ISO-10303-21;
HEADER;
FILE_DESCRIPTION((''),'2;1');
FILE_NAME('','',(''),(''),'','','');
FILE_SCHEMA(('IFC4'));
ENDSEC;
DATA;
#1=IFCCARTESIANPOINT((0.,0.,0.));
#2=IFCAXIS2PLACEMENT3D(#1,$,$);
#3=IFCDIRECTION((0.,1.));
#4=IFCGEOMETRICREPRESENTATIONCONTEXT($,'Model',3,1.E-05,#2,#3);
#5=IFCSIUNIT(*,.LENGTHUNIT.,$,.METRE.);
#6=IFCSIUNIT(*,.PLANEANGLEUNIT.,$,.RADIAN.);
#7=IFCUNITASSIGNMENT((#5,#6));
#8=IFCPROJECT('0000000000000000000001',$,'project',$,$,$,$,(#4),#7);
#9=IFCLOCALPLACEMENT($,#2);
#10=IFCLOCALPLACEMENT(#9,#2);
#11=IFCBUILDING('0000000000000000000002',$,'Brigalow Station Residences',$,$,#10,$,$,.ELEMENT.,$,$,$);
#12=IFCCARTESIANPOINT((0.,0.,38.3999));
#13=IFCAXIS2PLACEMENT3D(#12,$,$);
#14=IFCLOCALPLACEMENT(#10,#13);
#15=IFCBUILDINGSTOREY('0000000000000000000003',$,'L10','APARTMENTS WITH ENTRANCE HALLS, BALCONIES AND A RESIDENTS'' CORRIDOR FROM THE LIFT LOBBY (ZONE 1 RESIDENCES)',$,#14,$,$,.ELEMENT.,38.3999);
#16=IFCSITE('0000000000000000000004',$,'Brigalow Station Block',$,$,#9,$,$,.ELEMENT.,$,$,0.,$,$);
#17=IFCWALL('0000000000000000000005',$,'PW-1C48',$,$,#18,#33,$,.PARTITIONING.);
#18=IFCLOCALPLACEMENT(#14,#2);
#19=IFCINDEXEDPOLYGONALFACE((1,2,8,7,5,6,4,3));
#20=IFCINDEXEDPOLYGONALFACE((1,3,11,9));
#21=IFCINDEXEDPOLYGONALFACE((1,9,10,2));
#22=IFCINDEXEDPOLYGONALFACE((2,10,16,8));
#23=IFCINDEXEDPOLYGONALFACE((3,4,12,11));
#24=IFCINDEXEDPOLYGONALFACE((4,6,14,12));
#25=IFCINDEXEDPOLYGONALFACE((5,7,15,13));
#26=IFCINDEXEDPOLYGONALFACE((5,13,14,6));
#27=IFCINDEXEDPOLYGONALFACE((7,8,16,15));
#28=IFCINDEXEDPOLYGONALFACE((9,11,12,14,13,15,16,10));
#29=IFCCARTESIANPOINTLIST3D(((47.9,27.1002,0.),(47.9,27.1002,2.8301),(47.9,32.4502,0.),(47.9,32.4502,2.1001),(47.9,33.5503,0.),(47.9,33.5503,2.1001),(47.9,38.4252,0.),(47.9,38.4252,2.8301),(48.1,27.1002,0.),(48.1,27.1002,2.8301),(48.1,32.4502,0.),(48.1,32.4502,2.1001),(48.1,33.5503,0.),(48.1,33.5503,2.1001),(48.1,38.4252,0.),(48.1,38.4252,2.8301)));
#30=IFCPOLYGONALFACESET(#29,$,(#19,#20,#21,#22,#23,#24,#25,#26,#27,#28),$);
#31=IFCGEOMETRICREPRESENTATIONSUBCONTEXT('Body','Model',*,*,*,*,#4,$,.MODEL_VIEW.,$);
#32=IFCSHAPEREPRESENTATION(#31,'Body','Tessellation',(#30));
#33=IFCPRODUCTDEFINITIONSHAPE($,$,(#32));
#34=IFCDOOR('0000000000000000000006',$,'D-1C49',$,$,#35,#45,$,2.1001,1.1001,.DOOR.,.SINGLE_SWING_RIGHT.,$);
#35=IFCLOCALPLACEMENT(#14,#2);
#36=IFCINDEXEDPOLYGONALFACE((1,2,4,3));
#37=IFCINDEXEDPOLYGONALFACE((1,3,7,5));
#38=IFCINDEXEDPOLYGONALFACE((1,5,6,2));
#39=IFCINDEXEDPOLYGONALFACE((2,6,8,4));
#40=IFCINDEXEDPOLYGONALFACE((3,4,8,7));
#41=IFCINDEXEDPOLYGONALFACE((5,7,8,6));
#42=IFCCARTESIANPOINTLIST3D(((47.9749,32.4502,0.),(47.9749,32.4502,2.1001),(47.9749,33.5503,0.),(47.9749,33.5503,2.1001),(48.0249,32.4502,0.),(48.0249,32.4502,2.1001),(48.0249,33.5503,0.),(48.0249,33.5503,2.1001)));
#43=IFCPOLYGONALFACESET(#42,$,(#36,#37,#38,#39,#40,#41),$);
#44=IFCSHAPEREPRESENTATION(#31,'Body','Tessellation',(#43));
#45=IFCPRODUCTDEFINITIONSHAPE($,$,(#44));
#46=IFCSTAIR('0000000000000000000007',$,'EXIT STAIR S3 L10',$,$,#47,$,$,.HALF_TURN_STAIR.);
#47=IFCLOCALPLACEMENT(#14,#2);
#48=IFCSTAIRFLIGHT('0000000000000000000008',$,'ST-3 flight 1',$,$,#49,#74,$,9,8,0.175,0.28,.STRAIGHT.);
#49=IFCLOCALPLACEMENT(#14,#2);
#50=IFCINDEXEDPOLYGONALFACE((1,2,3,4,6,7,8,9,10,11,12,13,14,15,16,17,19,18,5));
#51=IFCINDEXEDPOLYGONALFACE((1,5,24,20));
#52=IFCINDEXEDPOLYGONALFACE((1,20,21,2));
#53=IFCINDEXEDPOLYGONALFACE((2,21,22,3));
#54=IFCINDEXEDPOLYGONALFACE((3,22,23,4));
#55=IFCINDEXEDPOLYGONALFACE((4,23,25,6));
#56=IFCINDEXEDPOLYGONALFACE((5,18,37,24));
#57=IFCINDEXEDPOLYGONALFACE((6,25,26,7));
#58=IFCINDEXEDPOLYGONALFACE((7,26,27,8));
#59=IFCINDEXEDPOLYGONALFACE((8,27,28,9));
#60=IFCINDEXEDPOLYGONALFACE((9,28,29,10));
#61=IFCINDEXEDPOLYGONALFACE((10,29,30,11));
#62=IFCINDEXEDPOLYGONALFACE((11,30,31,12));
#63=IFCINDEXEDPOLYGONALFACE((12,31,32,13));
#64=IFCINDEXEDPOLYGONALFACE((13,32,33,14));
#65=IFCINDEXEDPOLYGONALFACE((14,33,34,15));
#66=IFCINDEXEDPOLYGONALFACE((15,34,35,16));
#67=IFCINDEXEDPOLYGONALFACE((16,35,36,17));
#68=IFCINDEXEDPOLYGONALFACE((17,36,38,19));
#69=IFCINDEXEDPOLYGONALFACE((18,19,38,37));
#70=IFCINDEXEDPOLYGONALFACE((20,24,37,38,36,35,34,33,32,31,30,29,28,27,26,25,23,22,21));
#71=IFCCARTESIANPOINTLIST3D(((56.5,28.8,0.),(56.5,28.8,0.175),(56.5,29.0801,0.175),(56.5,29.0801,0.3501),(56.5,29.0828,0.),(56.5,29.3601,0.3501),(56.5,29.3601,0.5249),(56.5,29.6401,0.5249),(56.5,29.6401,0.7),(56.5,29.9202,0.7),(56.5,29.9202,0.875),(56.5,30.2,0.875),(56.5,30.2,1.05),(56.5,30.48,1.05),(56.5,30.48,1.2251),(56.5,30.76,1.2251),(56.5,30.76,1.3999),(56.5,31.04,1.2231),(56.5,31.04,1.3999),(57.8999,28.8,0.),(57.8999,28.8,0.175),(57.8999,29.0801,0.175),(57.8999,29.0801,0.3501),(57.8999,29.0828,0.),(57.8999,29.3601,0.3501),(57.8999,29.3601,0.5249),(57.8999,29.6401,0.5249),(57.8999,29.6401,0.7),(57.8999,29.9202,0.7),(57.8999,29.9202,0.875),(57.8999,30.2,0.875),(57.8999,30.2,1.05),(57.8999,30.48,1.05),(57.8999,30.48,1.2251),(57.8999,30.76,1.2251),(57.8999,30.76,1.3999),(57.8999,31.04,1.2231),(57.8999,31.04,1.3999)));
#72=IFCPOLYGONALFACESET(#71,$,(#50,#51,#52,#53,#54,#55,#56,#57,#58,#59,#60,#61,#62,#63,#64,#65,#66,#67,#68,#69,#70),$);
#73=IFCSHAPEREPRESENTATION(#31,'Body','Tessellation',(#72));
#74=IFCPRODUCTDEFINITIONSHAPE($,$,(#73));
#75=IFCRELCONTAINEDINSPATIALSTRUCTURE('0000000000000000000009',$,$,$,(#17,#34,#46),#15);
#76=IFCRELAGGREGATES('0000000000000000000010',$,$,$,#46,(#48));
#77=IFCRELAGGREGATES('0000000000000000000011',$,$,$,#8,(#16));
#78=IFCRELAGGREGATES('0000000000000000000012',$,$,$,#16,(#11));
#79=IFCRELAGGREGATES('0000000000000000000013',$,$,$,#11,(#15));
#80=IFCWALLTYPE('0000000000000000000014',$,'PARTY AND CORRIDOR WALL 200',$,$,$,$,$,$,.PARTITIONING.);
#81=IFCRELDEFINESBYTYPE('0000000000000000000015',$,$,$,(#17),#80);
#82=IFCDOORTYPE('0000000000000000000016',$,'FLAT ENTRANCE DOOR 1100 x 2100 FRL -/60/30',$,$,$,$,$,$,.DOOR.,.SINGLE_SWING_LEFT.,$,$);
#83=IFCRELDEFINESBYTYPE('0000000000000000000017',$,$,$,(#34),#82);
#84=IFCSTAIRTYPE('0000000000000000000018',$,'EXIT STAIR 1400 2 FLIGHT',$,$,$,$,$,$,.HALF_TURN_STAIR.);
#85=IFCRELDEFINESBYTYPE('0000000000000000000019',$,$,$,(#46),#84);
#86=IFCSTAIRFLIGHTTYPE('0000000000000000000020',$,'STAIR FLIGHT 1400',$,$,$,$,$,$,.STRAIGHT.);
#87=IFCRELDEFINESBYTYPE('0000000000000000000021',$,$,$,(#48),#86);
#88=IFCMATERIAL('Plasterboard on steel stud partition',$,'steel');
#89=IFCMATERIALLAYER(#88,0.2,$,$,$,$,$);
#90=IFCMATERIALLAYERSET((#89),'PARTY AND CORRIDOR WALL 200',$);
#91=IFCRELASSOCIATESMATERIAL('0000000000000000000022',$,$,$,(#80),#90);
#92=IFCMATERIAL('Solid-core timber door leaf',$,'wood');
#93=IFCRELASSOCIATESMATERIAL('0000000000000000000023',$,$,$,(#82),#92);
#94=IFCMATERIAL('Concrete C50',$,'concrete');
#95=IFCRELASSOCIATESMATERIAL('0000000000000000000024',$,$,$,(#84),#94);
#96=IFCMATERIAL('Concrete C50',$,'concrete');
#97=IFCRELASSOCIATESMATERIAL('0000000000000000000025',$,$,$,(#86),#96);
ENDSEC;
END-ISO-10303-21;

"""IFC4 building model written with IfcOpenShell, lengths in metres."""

from ifc_helpers import new_model, si_unit, direction, frame, frame_2d, origin, place, context, subcontext, project, spatial, polyline, rectangle, outline, extrude, material, layer, layer_set, type_object, element, fill, aggregate, save


model = new_model("IFC4")

# Units and contexts
model_context = context("Model", 3, precision=1e-05, world=origin(), true_north=direction((0.0, 1.0)))
body_context = subcontext(model_context, "Body", "Model", "MODEL_VIEW")
ifc_project = project(units=[si_unit("LENGTHUNIT", "METRE"), si_unit("PLANEANGLEUNIT", "RADIAN")], contexts=[model_context])

# Site, building, storey
site_placement = place(None, origin())
site = spatial("IfcSite", under=ifc_project, at=site_placement, Name="Brigalow Station Block", CompositionType="ELEMENT", RefElevation=0.0)
building_placement = place(site_placement, origin())
building = spatial("IfcBuilding", under=site, at=building_placement, Name="Brigalow Station Residences", CompositionType="ELEMENT")
storey_placement = place(building_placement, frame((0.0, 0.0, 38.3999)))
storey = spatial("IfcBuildingStorey", under=building, at=storey_placement, Name="L10", Description="APARTMENTS WITH ENTRANCE HALLS, BALCONIES AND A RESIDENTS' CORRIDOR FROM THE LIFT LOBBY (ZONE 1 RESIDENCES)", CompositionType="ELEMENT", Elevation=38.3999)

# Shared definitions
ifc_material_1 = material(Name="Plasterboard on steel stud partition", Category="steel")
ifc_layer_1 = layer(ifc_material_1, 0.2)
ifc_layer_set_1 = layer_set([ifc_layer_1], Name="PARTY AND CORRIDOR WALL 200")
wall_type_1 = type_object("IfcWallType", Name="PARTY AND CORRIDOR WALL 200", PredefinedType="PARTITIONING", material=ifc_layer_set_1)

# Wall, opening, door
wall_1_placement = place(storey_placement, frame((48.0, 27.1001, 0.0), z_axis=(0.0, 0.0, 1.0), x_axis=(0.0, 1.0, 0.0)))
wall_1 = element("IfcWall", 1, at=wall_1_placement, inside=storey, type_object=wall_type_1, Name="PW-1C48", PredefinedType="PARTITIONING", context=body_context, shape_type="SweptSolid", body=[
    extrude(rectangle(XDim=11.325, YDim=0.2, at=frame_2d((5.6626, 0.0))), origin(), (0.0, 0.0, 1.0), 2.8301),
])
opening_1_placement = place(wall_1_placement, frame((5.3501, 0.0, 0.0)))
opening_1 = element("IfcOpeningElement", 2, at=opening_1_placement, cuts=wall_1, PredefinedType="OPENING", context=body_context, shape_type="SweptSolid", body=[
    extrude(rectangle(XDim=1.1001, YDim=2.1001, at=frame_2d((0.55, 1.05))), frame((0.0, 0.1099, 0.0), z_axis=(0.0, -1.0, 0.0), x_axis=(1.0, 0.0, 0.0)), (0.0, 0.0, 1.0), 0.22),
])
ifc_material_2 = material(Name="Solid-core timber door leaf", Category="wood")
door_type_1 = type_object("IfcDoorType", Name="FLAT ENTRANCE DOOR 1100 x 2100 FRL -/60/30", OperationType="SINGLE_SWING_LEFT", PredefinedType="DOOR", material=ifc_material_2)
door_1_placement = place(opening_1_placement, frame((1.1001, 0.0, 0.0), z_axis=(0.0, 0.0, 1.0), x_axis=(-1.0, 0.0, 0.0)))
door_1 = element("IfcDoor", 3, at=door_1_placement, inside=storey, type_object=door_type_1, Name="D-1C49", OperationType="SINGLE_SWING_RIGHT", OverallHeight=2.1001, OverallWidth=1.1001, PredefinedType="DOOR", context=body_context, shape_type="SweptSolid", body=[
    extrude(rectangle(XDim=1.1001, YDim=2.1001, at=frame_2d((0.55, 1.05))), frame((0.0, 0.0249, 0.0), z_axis=(0.0, -1.0, 0.0), x_axis=(1.0, 0.0, 0.0)), (0.0, 0.0, 1.0), 0.05),
])
fill(opening_1, door_1)

# Stair, stair flight
ifc_material_3 = material(Name="Concrete C50", Category="concrete")
stair_type = type_object("IfcStairType", Name="EXIT STAIR 1400 2 FLIGHT", PredefinedType="HALF_TURN_STAIR", material=ifc_material_3)
stair_placement = place(storey_placement, origin())
stair = element("IfcStair", 4, at=stair_placement, inside=storey, type_object=stair_type, Name="EXIT STAIR S3 L10", PredefinedType="HALF_TURN_STAIR")
ifc_material_4 = material(Name="Concrete C50", Category="concrete")
stair_flight_type = type_object("IfcStairFlightType", Name="STAIR FLIGHT 1400", PredefinedType="STRAIGHT", material=ifc_material_4)
stair_flight_placement = place(storey_placement, frame((57.2, 28.8, 0.0), z_axis=(0.0, 0.0, 1.0), x_axis=(0.0, 1.0, 0.0)))
stair_flight = element("IfcStairFlight", 5, at=stair_flight_placement, type_object=stair_flight_type, Name="ST-3 flight 1", NumberOfRisers=9, NumberOfTreads=8, PredefinedType="STRAIGHT", RiserHeight=0.175, TreadLength=0.28, context=body_context, shape_type="SweptSolid", body=[
    extrude(outline(polyline([(0.0, 0.0), (0.0, 0.175), (0.28, 0.175), (0.28, 0.3501), (0.5601, 0.3501), (0.5601, 0.5249), (0.8401, 0.5249), (0.8401, 0.7), (1.1201, 0.7), (1.1201, 0.875), (1.3999, 0.875), (1.3999, 1.05), (1.6799, 1.05), (1.6799, 1.2251), (1.96, 1.2251), (1.96, 1.3999), (2.24, 1.3999), (2.24, 1.575), (2.24, 1.2231), (0.2827, 0.0), (0.0, 0.0)])), frame((0.0, 0.7, 0.0), z_axis=(0.0, -1.0, 0.0), x_axis=(1.0, 0.0, 0.0)), (0.0, 0.0, 1.0), 1.3999),
])
aggregate(stair, [stair_flight])

save(model, "model.ifc")
